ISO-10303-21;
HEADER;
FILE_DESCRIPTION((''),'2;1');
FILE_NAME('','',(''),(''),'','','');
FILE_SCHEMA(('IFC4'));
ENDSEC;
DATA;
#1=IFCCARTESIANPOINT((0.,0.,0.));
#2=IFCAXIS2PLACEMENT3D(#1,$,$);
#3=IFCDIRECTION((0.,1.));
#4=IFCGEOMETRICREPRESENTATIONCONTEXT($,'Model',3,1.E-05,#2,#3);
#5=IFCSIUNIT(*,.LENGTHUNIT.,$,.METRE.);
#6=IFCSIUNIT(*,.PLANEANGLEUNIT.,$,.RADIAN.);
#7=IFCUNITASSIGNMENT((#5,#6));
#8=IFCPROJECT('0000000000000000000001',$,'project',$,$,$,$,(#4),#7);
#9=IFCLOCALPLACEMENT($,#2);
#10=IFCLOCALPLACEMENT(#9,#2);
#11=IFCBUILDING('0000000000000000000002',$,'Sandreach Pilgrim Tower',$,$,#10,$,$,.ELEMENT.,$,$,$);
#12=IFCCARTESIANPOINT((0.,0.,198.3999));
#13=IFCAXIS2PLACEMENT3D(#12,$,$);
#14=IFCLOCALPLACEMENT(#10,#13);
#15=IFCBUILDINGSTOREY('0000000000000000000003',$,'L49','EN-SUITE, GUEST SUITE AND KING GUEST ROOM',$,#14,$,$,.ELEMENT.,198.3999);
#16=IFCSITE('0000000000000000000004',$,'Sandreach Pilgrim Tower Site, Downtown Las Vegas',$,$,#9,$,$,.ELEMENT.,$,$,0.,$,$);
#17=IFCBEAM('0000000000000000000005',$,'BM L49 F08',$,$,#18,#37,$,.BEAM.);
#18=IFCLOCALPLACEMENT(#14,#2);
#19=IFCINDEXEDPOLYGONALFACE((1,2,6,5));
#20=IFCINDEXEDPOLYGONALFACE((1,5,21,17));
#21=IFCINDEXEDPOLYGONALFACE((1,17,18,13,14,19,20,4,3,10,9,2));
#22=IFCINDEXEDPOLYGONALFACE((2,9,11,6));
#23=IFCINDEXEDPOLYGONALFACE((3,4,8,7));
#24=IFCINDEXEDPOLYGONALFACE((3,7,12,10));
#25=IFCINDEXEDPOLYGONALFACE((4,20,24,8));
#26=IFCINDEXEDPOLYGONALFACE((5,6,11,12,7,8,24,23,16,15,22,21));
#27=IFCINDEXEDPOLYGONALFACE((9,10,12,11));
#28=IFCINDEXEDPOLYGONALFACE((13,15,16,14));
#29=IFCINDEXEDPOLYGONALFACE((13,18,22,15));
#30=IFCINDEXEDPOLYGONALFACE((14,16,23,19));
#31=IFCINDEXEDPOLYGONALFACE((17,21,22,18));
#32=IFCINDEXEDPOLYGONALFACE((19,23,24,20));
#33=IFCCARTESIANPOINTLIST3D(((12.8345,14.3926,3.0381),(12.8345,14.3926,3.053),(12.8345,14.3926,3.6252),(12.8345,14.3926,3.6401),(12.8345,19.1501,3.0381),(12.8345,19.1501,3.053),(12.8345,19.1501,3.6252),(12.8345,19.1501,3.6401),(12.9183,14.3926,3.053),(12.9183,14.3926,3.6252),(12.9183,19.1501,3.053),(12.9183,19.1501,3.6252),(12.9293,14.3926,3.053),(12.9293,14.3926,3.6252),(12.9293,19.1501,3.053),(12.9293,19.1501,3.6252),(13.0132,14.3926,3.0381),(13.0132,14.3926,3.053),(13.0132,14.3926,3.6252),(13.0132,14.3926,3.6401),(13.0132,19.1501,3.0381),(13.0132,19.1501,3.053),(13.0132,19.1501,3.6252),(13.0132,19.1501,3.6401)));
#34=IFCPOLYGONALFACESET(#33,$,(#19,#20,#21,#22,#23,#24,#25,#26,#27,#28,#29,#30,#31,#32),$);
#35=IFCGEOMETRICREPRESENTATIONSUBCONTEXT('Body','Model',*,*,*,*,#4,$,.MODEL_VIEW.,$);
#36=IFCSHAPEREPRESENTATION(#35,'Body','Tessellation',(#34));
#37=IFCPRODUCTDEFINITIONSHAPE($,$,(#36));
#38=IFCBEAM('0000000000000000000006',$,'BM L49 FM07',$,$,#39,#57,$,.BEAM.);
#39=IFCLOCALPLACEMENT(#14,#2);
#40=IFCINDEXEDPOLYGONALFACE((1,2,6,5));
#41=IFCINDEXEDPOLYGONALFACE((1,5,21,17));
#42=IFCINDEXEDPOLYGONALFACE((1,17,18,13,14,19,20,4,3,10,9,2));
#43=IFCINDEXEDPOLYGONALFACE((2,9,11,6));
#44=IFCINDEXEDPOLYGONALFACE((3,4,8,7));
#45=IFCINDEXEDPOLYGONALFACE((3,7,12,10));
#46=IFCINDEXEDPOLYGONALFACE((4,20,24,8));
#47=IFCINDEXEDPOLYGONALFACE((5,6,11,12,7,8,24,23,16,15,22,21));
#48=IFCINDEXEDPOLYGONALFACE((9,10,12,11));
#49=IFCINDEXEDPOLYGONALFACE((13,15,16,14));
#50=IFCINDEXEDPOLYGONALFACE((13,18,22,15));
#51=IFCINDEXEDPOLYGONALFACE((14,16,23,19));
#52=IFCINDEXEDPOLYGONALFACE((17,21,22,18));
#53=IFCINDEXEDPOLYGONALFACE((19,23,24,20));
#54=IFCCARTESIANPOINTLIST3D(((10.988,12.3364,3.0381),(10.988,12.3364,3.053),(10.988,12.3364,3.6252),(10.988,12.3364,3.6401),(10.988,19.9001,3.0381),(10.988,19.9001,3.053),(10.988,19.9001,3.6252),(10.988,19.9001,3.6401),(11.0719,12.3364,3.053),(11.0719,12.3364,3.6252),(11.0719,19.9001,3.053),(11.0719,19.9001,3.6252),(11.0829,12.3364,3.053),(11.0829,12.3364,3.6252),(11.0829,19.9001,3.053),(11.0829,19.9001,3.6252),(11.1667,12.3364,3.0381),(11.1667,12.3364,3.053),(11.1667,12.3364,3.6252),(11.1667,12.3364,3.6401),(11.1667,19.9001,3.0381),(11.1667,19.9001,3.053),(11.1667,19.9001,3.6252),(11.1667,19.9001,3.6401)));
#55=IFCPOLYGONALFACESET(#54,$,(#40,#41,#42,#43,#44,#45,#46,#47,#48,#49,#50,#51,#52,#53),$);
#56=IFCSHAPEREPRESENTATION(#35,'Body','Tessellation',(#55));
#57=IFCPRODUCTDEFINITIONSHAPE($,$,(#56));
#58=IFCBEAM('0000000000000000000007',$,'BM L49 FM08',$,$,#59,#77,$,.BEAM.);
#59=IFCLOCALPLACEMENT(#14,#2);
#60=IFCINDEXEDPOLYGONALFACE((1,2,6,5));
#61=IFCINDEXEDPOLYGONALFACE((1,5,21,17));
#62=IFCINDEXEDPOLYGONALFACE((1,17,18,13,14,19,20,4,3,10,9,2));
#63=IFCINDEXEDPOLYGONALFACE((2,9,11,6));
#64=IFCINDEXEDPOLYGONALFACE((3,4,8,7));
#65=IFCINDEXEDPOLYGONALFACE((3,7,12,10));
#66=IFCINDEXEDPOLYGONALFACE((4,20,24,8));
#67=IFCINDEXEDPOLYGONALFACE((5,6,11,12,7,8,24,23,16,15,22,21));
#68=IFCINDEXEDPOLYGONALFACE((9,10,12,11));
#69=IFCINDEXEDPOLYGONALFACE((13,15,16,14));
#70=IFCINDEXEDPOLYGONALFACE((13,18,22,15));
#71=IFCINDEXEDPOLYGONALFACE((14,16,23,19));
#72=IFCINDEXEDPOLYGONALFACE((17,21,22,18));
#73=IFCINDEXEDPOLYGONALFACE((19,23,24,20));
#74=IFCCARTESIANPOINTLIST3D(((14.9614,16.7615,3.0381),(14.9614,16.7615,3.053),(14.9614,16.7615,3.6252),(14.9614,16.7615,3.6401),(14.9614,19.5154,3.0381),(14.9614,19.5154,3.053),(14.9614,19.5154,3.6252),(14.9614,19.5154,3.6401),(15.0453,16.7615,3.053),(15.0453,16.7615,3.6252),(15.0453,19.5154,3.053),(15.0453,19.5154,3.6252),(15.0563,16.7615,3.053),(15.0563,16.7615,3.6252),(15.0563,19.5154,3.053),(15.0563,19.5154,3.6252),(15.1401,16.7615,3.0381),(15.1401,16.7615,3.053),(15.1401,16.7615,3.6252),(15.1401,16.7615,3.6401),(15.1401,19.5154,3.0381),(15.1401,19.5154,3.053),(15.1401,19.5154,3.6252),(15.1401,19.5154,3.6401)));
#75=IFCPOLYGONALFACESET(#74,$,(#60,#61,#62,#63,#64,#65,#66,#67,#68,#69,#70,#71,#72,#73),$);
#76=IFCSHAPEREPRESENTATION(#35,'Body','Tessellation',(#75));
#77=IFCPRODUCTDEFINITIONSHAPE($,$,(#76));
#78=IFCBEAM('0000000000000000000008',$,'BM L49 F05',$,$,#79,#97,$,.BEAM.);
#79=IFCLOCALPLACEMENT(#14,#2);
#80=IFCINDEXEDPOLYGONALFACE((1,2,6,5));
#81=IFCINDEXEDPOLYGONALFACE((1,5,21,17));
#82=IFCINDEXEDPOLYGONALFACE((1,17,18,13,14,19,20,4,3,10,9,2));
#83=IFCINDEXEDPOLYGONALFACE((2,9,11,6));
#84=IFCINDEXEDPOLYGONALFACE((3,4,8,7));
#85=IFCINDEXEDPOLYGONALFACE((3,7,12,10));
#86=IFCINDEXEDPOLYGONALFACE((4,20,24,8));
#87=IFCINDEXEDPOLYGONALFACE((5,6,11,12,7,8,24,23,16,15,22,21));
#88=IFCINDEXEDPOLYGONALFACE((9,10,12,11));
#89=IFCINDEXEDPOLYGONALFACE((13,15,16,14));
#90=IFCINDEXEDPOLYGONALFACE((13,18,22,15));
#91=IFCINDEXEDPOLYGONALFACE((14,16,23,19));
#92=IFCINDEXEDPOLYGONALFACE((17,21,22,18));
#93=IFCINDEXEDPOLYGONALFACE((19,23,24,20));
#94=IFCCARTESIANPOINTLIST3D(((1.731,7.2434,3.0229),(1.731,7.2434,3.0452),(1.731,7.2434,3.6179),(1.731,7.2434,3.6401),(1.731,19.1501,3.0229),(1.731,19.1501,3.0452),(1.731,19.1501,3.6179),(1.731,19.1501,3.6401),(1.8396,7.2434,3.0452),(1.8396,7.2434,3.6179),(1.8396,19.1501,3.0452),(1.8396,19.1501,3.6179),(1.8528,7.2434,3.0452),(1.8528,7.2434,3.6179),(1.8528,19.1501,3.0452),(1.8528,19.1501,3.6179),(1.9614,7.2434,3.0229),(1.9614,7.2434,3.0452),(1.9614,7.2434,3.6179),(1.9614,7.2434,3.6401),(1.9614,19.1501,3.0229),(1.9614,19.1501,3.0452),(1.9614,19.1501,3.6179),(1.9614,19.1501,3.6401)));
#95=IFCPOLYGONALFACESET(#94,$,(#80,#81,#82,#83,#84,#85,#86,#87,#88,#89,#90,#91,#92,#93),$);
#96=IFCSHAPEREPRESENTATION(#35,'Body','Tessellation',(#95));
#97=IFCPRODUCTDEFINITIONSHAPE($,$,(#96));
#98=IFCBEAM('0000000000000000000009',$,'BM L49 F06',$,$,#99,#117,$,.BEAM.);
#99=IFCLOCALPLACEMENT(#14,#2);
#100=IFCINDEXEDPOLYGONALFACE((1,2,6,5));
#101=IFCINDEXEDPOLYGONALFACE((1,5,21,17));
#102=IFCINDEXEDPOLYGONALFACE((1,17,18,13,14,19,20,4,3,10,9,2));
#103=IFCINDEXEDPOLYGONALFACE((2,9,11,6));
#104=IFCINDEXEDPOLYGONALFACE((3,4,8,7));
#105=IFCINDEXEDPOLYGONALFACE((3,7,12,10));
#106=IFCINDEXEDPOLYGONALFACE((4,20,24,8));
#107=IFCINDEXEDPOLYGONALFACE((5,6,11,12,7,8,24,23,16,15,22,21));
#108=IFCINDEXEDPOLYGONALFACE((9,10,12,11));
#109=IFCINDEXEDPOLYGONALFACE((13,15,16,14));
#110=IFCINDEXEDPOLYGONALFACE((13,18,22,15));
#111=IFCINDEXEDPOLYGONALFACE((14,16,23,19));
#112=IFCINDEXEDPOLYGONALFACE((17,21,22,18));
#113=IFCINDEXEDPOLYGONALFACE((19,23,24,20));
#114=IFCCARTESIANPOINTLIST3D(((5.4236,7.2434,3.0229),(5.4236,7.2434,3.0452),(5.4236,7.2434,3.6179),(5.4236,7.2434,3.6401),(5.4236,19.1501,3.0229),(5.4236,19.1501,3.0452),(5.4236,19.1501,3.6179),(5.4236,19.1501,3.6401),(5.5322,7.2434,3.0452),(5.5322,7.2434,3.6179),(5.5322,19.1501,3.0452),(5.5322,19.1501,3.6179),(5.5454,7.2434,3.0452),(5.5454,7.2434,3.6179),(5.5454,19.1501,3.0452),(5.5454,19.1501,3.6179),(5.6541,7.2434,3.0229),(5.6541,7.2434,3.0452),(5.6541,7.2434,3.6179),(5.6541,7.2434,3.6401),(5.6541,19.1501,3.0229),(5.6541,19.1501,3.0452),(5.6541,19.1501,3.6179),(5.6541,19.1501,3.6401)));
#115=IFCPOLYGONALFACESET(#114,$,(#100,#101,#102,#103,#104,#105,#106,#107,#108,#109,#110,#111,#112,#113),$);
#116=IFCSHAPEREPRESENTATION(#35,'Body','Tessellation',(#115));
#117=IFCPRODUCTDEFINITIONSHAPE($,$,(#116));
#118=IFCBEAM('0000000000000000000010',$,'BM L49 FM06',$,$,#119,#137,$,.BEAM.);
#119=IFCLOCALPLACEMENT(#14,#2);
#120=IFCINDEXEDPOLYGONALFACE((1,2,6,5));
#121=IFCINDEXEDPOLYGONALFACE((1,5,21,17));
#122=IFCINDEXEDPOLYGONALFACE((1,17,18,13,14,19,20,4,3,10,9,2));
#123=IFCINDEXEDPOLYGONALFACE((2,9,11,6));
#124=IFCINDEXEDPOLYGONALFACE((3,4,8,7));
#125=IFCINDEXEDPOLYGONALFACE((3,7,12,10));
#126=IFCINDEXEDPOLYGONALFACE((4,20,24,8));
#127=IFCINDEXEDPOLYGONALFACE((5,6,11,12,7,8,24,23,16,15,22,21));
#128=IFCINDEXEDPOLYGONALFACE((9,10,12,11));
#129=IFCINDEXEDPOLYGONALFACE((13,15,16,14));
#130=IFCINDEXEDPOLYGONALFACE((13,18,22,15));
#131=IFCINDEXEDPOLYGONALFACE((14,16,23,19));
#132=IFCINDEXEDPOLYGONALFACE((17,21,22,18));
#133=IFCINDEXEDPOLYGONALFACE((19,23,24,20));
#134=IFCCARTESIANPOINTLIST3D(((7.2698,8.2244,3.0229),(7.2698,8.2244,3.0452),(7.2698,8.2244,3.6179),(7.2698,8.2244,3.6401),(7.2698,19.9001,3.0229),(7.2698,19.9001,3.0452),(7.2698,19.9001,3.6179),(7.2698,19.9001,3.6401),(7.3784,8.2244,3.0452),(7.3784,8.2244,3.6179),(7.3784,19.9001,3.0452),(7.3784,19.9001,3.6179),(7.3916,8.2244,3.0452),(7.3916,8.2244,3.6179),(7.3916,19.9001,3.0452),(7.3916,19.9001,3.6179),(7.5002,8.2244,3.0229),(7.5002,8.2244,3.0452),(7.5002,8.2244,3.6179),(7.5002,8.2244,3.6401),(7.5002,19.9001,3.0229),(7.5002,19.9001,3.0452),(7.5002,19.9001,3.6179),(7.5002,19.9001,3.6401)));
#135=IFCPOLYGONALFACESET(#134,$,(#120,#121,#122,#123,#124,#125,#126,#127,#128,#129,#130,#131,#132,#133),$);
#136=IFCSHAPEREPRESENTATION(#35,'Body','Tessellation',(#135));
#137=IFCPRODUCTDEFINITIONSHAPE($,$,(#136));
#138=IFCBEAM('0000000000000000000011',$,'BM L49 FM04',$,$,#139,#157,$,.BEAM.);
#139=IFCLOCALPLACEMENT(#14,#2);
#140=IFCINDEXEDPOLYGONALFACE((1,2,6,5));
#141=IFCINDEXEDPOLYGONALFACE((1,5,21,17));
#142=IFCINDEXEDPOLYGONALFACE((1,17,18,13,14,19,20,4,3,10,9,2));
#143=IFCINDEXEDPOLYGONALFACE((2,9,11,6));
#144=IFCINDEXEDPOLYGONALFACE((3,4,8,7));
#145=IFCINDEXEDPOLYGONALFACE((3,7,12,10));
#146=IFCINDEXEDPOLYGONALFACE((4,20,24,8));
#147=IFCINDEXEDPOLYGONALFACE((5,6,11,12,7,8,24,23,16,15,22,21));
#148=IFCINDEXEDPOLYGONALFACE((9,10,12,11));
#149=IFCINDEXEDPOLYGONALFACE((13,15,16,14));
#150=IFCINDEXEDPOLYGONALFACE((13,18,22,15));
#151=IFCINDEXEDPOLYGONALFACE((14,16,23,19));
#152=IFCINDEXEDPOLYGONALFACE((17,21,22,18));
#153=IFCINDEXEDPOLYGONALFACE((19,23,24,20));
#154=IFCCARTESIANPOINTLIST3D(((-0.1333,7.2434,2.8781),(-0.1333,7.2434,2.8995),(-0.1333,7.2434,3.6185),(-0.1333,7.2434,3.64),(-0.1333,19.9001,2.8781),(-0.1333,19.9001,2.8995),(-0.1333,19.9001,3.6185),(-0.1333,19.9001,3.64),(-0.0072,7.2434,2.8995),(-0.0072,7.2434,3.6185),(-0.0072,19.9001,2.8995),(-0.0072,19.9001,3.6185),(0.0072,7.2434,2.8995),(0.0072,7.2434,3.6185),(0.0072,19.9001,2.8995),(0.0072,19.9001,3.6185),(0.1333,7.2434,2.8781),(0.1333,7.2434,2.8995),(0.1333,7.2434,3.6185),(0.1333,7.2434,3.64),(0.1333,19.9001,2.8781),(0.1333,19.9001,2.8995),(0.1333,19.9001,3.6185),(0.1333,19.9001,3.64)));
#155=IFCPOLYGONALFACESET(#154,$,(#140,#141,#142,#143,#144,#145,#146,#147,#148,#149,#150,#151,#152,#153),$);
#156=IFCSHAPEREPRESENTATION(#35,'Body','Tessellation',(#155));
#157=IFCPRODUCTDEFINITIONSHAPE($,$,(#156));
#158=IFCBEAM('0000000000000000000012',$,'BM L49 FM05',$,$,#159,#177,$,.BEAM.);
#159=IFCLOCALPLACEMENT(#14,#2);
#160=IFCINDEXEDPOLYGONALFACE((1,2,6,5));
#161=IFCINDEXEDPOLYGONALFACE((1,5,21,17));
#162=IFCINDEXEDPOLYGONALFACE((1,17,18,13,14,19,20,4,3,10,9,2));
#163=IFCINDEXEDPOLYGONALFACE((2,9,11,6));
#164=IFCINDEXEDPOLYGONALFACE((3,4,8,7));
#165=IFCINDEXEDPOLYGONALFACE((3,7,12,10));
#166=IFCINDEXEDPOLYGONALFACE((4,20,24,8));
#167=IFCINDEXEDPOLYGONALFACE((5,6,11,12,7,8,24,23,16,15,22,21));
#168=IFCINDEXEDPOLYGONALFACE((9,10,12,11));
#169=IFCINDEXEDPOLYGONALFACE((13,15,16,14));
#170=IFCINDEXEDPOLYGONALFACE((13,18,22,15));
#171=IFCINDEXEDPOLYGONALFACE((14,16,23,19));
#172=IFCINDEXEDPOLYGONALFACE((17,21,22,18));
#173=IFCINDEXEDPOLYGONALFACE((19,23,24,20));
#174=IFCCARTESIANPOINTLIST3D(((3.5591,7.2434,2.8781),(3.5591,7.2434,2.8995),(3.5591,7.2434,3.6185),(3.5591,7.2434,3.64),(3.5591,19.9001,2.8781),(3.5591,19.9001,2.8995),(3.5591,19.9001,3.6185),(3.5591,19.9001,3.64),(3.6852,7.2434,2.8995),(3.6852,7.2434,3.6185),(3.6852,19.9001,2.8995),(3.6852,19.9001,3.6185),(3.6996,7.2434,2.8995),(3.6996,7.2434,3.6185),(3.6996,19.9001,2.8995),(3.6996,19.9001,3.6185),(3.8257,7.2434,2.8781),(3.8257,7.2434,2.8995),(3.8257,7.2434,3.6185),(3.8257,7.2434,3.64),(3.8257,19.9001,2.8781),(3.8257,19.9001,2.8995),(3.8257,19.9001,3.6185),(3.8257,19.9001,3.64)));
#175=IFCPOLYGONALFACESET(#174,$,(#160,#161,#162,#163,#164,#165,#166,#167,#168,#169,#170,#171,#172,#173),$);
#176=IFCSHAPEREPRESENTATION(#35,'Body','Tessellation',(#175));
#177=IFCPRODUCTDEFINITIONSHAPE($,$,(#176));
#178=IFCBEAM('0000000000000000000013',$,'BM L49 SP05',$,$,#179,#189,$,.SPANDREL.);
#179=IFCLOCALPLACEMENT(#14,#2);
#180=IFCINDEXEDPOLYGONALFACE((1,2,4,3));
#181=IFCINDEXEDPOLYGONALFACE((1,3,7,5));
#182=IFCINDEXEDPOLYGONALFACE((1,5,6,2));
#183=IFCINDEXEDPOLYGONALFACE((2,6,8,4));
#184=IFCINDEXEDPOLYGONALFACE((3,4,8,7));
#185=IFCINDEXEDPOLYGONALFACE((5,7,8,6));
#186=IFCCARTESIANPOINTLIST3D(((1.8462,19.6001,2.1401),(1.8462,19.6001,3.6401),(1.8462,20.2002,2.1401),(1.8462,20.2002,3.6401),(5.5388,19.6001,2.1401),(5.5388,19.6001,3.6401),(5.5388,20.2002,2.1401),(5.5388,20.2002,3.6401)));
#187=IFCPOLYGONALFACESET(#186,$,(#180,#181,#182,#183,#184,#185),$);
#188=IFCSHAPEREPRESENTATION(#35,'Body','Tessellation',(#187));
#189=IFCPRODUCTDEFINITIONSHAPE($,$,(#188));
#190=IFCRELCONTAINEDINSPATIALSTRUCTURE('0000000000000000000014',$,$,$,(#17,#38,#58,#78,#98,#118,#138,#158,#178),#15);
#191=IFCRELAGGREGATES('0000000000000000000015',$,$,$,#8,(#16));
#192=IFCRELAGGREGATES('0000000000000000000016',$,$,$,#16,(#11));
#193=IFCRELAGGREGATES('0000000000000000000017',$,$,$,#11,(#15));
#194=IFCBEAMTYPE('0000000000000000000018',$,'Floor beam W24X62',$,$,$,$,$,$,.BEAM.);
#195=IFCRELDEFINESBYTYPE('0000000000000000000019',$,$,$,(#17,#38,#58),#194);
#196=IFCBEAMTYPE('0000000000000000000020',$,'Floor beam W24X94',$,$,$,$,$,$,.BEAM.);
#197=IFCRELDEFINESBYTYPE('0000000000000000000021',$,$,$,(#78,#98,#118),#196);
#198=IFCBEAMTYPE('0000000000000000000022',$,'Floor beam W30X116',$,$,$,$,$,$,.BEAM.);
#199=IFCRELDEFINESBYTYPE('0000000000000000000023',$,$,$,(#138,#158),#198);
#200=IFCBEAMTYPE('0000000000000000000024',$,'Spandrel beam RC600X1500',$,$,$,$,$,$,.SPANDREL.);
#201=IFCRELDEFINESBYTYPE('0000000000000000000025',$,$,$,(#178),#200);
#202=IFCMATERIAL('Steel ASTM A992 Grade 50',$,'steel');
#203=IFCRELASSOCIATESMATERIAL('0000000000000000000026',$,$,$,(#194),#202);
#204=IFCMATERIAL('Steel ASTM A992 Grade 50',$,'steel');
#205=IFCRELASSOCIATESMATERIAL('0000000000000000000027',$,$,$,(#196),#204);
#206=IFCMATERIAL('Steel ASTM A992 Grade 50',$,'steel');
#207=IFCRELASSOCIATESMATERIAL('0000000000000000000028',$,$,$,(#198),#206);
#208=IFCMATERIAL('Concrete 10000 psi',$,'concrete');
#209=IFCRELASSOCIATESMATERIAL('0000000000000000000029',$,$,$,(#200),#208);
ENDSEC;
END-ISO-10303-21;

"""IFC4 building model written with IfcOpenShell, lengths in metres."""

from ifc_helpers import new_model, si_unit, direction, frame, origin, origin_2d, place, context, subcontext, project, spatial, rectangle, i_section, extrude, material, material_profile, profile_set, type_object, element, save


model = new_model("IFC4")

# Units and contexts
model_context = context("Model", 3, precision=1e-05, world=origin(), true_north=direction((0.0, 1.0)))
body_context = subcontext(model_context, "Body", "Model", "MODEL_VIEW")
ifc_project = project(units=[si_unit("LENGTHUNIT", "METRE"), si_unit("PLANEANGLEUNIT", "RADIAN")], contexts=[model_context])

# Site, building, storey
site_placement = place(None, origin())
site = spatial("IfcSite", under=ifc_project, at=site_placement, Name="Sandreach Pilgrim Tower Site, Downtown Las Vegas", CompositionType="ELEMENT", RefElevation=0.0)
building_placement = place(site_placement, origin())
building = spatial("IfcBuilding", under=site, at=building_placement, Name="Sandreach Pilgrim Tower", CompositionType="ELEMENT")
storey_placement = place(building_placement, frame((0.0, 0.0, 198.3999)))
storey = spatial("IfcBuildingStorey", under=building, at=storey_placement, Name="L49", Description="EN-SUITE, GUEST SUITE AND KING GUEST ROOM", CompositionType="ELEMENT", Elevation=198.3999)

# Beams
ifc_material_1 = material(Name="Steel ASTM A992 Grade 50", Category="steel")
ifc_material_profile_1 = material_profile(ifc_material_1, i_section(OverallWidth=0.1787, OverallDepth=0.6021, WebThickness=0.011, FlangeThickness=0.0149, at=origin_2d()), Name="W24X62")
ifc_profile_set_1 = profile_set([ifc_material_profile_1], Name="Steel ASTM A992 Grade 50")
beam_type_1 = type_object("IfcBeamType", Name="Floor beam W24X62", PredefinedType="BEAM", material=ifc_profile_set_1)
beam_1_placement = place(storey_placement, frame((12.9238, 19.1501, 3.3391), z_axis=(0.0, -1.0, 0.0), x_axis=(1.0, 0.0, 0.0)))
element("IfcBeam", 1, at=beam_1_placement, inside=storey, type_object=beam_type_1, Name="BM L49 F08", PredefinedType="BEAM", context=body_context, shape_type="SweptSolid", body=[
    extrude(i_section(OverallWidth=0.1787, OverallDepth=0.6021, WebThickness=0.011, FlangeThickness=0.0149, at=origin_2d()), origin(), (0.0, 0.0, 1.0), 4.7576),
])
beam_2_placement = place(storey_placement, frame((11.0774, 19.9001, 3.3391), z_axis=(0.0, -1.0, 0.0), x_axis=(1.0, 0.0, 0.0)))
element("IfcBeam", 2, at=beam_2_placement, inside=storey, type_object=beam_type_1, Name="BM L49 FM07", PredefinedType="BEAM", context=body_context, shape_type="SweptSolid", body=[
    extrude(i_section(OverallWidth=0.1787, OverallDepth=0.6021, WebThickness=0.011, FlangeThickness=0.0149, at=origin_2d()), origin(), (0.0, 0.0, 1.0), 7.5637),
])
beam_3_placement = place(storey_placement, frame((15.0508, 19.5154, 3.3391), z_axis=(0.0, -1.0, 0.0), x_axis=(1.0, 0.0, 0.0)))
element("IfcBeam", 3, at=beam_3_placement, inside=storey, type_object=beam_type_1, Name="BM L49 FM08", PredefinedType="BEAM", context=body_context, shape_type="SweptSolid", body=[
    extrude(i_section(OverallWidth=0.1787, OverallDepth=0.6021, WebThickness=0.011, FlangeThickness=0.0149, at=origin_2d()), origin(), (0.0, 0.0, 1.0), 2.7539),
])
ifc_material_2 = material(Name="Steel ASTM A992 Grade 50", Category="steel")
ifc_material_profile_2 = material_profile(ifc_material_2, i_section(OverallWidth=0.2305, OverallDepth=0.6172, WebThickness=0.0132, FlangeThickness=0.0222, at=origin_2d()), Name="W24X94")
ifc_profile_set_2 = profile_set([ifc_material_profile_2], Name="Steel ASTM A992 Grade 50")
beam_type_2 = type_object("IfcBeamType", Name="Floor beam W24X94", PredefinedType="BEAM", material=ifc_profile_set_2)
for number, where, z_axis, x_axis, name in (
    (4, (1.8462, 19.1501, 3.3315), (0.0, -1.0, 0.0), (1.0, 0.0, 0.0), "BM L49 F05"),
    (5, (5.5388, 19.1501, 3.3315), (0.0, -1.0, 0.0), (1.0, 0.0, 0.0), "BM L49 F06"),
):
    element("IfcBeam", number, at=place(storey_placement, frame(where, z_axis=z_axis, x_axis=x_axis)), inside=storey, type_object=beam_type_2, Name=name, PredefinedType="BEAM", context=body_context, shape_type="SweptSolid", body=[
        extrude(i_section(OverallWidth=0.2305, OverallDepth=0.6172, WebThickness=0.0132, FlangeThickness=0.0222, at=origin_2d()), origin(), (0.0, 0.0, 1.0), 11.9067),
    ])
beam_4_placement = place(storey_placement, frame((7.385, 19.9001, 3.3315), z_axis=(0.0, -1.0, 0.0), x_axis=(1.0, 0.0, 0.0)))
element("IfcBeam", 6, at=beam_4_placement, inside=storey, type_object=beam_type_2, Name="BM L49 FM06", PredefinedType="BEAM", context=body_context, shape_type="SweptSolid", body=[
    extrude(i_section(OverallWidth=0.2305, OverallDepth=0.6172, WebThickness=0.0132, FlangeThickness=0.0222, at=origin_2d()), origin(), (0.0, 0.0, 1.0), 11.6758),
])
ifc_material_3 = material(Name="Steel ASTM A992 Grade 50", Category="steel")
ifc_material_profile_3 = material_profile(ifc_material_3, i_section(OverallWidth=0.2666, OverallDepth=0.762, WebThickness=0.0144, FlangeThickness=0.0215, at=origin_2d()), Name="W30X116")
ifc_profile_set_3 = profile_set([ifc_material_profile_3], Name="Steel ASTM A992 Grade 50")
beam_type_3 = type_object("IfcBeamType", Name="Floor beam W30X116", PredefinedType="BEAM", material=ifc_profile_set_3)
for number, where, z_axis, x_axis, name in (
    (7, (0.0, 19.9001, 3.259), (0.0, -1.0, 0.0), (1.0, 0.0, 0.0), "BM L49 FM04"),
    (8, (3.6924, 19.9001, 3.259), (0.0, -1.0, 0.0), (1.0, 0.0, 0.0), "BM L49 FM05"),
):
    element("IfcBeam", number, at=place(storey_placement, frame(where, z_axis=z_axis, x_axis=x_axis)), inside=storey, type_object=beam_type_3, Name=name, PredefinedType="BEAM", context=body_context, shape_type="SweptSolid", body=[
        extrude(i_section(OverallWidth=0.2666, OverallDepth=0.762, WebThickness=0.0144, FlangeThickness=0.0215, at=origin_2d()), origin(), (0.0, 0.0, 1.0), 12.6567),
    ])
ifc_material_4 = material(Name="Concrete 10000 psi", Category="concrete")
ifc_material_profile_4 = material_profile(ifc_material_4, rectangle(XDim=0.6001, YDim=1.5, at=origin_2d()), Name="RC600X1500")
ifc_profile_set_4 = profile_set([ifc_material_profile_4], Name="Concrete 10000 psi")
beam_type_4 = type_object("IfcBeamType", Name="Spandrel beam RC600X1500", PredefinedType="SPANDREL", material=ifc_profile_set_4)
beam_5_placement = place(storey_placement, frame((1.8462, 19.9001, 2.8901), z_axis=(1.0, 0.0, 0.0), x_axis=(0.0, 1.0, 0.0)))
element("IfcBeam", 9, at=beam_5_placement, inside=storey, type_object=beam_type_4, Name="BM L49 SP05", PredefinedType="SPANDREL", context=body_context, shape_type="SweptSolid", body=[
    extrude(rectangle(XDim=0.6001, YDim=1.5, at=origin_2d()), origin(), (0.0, 0.0, 1.0), 3.6926),
])

save(model, "model.ifc")
